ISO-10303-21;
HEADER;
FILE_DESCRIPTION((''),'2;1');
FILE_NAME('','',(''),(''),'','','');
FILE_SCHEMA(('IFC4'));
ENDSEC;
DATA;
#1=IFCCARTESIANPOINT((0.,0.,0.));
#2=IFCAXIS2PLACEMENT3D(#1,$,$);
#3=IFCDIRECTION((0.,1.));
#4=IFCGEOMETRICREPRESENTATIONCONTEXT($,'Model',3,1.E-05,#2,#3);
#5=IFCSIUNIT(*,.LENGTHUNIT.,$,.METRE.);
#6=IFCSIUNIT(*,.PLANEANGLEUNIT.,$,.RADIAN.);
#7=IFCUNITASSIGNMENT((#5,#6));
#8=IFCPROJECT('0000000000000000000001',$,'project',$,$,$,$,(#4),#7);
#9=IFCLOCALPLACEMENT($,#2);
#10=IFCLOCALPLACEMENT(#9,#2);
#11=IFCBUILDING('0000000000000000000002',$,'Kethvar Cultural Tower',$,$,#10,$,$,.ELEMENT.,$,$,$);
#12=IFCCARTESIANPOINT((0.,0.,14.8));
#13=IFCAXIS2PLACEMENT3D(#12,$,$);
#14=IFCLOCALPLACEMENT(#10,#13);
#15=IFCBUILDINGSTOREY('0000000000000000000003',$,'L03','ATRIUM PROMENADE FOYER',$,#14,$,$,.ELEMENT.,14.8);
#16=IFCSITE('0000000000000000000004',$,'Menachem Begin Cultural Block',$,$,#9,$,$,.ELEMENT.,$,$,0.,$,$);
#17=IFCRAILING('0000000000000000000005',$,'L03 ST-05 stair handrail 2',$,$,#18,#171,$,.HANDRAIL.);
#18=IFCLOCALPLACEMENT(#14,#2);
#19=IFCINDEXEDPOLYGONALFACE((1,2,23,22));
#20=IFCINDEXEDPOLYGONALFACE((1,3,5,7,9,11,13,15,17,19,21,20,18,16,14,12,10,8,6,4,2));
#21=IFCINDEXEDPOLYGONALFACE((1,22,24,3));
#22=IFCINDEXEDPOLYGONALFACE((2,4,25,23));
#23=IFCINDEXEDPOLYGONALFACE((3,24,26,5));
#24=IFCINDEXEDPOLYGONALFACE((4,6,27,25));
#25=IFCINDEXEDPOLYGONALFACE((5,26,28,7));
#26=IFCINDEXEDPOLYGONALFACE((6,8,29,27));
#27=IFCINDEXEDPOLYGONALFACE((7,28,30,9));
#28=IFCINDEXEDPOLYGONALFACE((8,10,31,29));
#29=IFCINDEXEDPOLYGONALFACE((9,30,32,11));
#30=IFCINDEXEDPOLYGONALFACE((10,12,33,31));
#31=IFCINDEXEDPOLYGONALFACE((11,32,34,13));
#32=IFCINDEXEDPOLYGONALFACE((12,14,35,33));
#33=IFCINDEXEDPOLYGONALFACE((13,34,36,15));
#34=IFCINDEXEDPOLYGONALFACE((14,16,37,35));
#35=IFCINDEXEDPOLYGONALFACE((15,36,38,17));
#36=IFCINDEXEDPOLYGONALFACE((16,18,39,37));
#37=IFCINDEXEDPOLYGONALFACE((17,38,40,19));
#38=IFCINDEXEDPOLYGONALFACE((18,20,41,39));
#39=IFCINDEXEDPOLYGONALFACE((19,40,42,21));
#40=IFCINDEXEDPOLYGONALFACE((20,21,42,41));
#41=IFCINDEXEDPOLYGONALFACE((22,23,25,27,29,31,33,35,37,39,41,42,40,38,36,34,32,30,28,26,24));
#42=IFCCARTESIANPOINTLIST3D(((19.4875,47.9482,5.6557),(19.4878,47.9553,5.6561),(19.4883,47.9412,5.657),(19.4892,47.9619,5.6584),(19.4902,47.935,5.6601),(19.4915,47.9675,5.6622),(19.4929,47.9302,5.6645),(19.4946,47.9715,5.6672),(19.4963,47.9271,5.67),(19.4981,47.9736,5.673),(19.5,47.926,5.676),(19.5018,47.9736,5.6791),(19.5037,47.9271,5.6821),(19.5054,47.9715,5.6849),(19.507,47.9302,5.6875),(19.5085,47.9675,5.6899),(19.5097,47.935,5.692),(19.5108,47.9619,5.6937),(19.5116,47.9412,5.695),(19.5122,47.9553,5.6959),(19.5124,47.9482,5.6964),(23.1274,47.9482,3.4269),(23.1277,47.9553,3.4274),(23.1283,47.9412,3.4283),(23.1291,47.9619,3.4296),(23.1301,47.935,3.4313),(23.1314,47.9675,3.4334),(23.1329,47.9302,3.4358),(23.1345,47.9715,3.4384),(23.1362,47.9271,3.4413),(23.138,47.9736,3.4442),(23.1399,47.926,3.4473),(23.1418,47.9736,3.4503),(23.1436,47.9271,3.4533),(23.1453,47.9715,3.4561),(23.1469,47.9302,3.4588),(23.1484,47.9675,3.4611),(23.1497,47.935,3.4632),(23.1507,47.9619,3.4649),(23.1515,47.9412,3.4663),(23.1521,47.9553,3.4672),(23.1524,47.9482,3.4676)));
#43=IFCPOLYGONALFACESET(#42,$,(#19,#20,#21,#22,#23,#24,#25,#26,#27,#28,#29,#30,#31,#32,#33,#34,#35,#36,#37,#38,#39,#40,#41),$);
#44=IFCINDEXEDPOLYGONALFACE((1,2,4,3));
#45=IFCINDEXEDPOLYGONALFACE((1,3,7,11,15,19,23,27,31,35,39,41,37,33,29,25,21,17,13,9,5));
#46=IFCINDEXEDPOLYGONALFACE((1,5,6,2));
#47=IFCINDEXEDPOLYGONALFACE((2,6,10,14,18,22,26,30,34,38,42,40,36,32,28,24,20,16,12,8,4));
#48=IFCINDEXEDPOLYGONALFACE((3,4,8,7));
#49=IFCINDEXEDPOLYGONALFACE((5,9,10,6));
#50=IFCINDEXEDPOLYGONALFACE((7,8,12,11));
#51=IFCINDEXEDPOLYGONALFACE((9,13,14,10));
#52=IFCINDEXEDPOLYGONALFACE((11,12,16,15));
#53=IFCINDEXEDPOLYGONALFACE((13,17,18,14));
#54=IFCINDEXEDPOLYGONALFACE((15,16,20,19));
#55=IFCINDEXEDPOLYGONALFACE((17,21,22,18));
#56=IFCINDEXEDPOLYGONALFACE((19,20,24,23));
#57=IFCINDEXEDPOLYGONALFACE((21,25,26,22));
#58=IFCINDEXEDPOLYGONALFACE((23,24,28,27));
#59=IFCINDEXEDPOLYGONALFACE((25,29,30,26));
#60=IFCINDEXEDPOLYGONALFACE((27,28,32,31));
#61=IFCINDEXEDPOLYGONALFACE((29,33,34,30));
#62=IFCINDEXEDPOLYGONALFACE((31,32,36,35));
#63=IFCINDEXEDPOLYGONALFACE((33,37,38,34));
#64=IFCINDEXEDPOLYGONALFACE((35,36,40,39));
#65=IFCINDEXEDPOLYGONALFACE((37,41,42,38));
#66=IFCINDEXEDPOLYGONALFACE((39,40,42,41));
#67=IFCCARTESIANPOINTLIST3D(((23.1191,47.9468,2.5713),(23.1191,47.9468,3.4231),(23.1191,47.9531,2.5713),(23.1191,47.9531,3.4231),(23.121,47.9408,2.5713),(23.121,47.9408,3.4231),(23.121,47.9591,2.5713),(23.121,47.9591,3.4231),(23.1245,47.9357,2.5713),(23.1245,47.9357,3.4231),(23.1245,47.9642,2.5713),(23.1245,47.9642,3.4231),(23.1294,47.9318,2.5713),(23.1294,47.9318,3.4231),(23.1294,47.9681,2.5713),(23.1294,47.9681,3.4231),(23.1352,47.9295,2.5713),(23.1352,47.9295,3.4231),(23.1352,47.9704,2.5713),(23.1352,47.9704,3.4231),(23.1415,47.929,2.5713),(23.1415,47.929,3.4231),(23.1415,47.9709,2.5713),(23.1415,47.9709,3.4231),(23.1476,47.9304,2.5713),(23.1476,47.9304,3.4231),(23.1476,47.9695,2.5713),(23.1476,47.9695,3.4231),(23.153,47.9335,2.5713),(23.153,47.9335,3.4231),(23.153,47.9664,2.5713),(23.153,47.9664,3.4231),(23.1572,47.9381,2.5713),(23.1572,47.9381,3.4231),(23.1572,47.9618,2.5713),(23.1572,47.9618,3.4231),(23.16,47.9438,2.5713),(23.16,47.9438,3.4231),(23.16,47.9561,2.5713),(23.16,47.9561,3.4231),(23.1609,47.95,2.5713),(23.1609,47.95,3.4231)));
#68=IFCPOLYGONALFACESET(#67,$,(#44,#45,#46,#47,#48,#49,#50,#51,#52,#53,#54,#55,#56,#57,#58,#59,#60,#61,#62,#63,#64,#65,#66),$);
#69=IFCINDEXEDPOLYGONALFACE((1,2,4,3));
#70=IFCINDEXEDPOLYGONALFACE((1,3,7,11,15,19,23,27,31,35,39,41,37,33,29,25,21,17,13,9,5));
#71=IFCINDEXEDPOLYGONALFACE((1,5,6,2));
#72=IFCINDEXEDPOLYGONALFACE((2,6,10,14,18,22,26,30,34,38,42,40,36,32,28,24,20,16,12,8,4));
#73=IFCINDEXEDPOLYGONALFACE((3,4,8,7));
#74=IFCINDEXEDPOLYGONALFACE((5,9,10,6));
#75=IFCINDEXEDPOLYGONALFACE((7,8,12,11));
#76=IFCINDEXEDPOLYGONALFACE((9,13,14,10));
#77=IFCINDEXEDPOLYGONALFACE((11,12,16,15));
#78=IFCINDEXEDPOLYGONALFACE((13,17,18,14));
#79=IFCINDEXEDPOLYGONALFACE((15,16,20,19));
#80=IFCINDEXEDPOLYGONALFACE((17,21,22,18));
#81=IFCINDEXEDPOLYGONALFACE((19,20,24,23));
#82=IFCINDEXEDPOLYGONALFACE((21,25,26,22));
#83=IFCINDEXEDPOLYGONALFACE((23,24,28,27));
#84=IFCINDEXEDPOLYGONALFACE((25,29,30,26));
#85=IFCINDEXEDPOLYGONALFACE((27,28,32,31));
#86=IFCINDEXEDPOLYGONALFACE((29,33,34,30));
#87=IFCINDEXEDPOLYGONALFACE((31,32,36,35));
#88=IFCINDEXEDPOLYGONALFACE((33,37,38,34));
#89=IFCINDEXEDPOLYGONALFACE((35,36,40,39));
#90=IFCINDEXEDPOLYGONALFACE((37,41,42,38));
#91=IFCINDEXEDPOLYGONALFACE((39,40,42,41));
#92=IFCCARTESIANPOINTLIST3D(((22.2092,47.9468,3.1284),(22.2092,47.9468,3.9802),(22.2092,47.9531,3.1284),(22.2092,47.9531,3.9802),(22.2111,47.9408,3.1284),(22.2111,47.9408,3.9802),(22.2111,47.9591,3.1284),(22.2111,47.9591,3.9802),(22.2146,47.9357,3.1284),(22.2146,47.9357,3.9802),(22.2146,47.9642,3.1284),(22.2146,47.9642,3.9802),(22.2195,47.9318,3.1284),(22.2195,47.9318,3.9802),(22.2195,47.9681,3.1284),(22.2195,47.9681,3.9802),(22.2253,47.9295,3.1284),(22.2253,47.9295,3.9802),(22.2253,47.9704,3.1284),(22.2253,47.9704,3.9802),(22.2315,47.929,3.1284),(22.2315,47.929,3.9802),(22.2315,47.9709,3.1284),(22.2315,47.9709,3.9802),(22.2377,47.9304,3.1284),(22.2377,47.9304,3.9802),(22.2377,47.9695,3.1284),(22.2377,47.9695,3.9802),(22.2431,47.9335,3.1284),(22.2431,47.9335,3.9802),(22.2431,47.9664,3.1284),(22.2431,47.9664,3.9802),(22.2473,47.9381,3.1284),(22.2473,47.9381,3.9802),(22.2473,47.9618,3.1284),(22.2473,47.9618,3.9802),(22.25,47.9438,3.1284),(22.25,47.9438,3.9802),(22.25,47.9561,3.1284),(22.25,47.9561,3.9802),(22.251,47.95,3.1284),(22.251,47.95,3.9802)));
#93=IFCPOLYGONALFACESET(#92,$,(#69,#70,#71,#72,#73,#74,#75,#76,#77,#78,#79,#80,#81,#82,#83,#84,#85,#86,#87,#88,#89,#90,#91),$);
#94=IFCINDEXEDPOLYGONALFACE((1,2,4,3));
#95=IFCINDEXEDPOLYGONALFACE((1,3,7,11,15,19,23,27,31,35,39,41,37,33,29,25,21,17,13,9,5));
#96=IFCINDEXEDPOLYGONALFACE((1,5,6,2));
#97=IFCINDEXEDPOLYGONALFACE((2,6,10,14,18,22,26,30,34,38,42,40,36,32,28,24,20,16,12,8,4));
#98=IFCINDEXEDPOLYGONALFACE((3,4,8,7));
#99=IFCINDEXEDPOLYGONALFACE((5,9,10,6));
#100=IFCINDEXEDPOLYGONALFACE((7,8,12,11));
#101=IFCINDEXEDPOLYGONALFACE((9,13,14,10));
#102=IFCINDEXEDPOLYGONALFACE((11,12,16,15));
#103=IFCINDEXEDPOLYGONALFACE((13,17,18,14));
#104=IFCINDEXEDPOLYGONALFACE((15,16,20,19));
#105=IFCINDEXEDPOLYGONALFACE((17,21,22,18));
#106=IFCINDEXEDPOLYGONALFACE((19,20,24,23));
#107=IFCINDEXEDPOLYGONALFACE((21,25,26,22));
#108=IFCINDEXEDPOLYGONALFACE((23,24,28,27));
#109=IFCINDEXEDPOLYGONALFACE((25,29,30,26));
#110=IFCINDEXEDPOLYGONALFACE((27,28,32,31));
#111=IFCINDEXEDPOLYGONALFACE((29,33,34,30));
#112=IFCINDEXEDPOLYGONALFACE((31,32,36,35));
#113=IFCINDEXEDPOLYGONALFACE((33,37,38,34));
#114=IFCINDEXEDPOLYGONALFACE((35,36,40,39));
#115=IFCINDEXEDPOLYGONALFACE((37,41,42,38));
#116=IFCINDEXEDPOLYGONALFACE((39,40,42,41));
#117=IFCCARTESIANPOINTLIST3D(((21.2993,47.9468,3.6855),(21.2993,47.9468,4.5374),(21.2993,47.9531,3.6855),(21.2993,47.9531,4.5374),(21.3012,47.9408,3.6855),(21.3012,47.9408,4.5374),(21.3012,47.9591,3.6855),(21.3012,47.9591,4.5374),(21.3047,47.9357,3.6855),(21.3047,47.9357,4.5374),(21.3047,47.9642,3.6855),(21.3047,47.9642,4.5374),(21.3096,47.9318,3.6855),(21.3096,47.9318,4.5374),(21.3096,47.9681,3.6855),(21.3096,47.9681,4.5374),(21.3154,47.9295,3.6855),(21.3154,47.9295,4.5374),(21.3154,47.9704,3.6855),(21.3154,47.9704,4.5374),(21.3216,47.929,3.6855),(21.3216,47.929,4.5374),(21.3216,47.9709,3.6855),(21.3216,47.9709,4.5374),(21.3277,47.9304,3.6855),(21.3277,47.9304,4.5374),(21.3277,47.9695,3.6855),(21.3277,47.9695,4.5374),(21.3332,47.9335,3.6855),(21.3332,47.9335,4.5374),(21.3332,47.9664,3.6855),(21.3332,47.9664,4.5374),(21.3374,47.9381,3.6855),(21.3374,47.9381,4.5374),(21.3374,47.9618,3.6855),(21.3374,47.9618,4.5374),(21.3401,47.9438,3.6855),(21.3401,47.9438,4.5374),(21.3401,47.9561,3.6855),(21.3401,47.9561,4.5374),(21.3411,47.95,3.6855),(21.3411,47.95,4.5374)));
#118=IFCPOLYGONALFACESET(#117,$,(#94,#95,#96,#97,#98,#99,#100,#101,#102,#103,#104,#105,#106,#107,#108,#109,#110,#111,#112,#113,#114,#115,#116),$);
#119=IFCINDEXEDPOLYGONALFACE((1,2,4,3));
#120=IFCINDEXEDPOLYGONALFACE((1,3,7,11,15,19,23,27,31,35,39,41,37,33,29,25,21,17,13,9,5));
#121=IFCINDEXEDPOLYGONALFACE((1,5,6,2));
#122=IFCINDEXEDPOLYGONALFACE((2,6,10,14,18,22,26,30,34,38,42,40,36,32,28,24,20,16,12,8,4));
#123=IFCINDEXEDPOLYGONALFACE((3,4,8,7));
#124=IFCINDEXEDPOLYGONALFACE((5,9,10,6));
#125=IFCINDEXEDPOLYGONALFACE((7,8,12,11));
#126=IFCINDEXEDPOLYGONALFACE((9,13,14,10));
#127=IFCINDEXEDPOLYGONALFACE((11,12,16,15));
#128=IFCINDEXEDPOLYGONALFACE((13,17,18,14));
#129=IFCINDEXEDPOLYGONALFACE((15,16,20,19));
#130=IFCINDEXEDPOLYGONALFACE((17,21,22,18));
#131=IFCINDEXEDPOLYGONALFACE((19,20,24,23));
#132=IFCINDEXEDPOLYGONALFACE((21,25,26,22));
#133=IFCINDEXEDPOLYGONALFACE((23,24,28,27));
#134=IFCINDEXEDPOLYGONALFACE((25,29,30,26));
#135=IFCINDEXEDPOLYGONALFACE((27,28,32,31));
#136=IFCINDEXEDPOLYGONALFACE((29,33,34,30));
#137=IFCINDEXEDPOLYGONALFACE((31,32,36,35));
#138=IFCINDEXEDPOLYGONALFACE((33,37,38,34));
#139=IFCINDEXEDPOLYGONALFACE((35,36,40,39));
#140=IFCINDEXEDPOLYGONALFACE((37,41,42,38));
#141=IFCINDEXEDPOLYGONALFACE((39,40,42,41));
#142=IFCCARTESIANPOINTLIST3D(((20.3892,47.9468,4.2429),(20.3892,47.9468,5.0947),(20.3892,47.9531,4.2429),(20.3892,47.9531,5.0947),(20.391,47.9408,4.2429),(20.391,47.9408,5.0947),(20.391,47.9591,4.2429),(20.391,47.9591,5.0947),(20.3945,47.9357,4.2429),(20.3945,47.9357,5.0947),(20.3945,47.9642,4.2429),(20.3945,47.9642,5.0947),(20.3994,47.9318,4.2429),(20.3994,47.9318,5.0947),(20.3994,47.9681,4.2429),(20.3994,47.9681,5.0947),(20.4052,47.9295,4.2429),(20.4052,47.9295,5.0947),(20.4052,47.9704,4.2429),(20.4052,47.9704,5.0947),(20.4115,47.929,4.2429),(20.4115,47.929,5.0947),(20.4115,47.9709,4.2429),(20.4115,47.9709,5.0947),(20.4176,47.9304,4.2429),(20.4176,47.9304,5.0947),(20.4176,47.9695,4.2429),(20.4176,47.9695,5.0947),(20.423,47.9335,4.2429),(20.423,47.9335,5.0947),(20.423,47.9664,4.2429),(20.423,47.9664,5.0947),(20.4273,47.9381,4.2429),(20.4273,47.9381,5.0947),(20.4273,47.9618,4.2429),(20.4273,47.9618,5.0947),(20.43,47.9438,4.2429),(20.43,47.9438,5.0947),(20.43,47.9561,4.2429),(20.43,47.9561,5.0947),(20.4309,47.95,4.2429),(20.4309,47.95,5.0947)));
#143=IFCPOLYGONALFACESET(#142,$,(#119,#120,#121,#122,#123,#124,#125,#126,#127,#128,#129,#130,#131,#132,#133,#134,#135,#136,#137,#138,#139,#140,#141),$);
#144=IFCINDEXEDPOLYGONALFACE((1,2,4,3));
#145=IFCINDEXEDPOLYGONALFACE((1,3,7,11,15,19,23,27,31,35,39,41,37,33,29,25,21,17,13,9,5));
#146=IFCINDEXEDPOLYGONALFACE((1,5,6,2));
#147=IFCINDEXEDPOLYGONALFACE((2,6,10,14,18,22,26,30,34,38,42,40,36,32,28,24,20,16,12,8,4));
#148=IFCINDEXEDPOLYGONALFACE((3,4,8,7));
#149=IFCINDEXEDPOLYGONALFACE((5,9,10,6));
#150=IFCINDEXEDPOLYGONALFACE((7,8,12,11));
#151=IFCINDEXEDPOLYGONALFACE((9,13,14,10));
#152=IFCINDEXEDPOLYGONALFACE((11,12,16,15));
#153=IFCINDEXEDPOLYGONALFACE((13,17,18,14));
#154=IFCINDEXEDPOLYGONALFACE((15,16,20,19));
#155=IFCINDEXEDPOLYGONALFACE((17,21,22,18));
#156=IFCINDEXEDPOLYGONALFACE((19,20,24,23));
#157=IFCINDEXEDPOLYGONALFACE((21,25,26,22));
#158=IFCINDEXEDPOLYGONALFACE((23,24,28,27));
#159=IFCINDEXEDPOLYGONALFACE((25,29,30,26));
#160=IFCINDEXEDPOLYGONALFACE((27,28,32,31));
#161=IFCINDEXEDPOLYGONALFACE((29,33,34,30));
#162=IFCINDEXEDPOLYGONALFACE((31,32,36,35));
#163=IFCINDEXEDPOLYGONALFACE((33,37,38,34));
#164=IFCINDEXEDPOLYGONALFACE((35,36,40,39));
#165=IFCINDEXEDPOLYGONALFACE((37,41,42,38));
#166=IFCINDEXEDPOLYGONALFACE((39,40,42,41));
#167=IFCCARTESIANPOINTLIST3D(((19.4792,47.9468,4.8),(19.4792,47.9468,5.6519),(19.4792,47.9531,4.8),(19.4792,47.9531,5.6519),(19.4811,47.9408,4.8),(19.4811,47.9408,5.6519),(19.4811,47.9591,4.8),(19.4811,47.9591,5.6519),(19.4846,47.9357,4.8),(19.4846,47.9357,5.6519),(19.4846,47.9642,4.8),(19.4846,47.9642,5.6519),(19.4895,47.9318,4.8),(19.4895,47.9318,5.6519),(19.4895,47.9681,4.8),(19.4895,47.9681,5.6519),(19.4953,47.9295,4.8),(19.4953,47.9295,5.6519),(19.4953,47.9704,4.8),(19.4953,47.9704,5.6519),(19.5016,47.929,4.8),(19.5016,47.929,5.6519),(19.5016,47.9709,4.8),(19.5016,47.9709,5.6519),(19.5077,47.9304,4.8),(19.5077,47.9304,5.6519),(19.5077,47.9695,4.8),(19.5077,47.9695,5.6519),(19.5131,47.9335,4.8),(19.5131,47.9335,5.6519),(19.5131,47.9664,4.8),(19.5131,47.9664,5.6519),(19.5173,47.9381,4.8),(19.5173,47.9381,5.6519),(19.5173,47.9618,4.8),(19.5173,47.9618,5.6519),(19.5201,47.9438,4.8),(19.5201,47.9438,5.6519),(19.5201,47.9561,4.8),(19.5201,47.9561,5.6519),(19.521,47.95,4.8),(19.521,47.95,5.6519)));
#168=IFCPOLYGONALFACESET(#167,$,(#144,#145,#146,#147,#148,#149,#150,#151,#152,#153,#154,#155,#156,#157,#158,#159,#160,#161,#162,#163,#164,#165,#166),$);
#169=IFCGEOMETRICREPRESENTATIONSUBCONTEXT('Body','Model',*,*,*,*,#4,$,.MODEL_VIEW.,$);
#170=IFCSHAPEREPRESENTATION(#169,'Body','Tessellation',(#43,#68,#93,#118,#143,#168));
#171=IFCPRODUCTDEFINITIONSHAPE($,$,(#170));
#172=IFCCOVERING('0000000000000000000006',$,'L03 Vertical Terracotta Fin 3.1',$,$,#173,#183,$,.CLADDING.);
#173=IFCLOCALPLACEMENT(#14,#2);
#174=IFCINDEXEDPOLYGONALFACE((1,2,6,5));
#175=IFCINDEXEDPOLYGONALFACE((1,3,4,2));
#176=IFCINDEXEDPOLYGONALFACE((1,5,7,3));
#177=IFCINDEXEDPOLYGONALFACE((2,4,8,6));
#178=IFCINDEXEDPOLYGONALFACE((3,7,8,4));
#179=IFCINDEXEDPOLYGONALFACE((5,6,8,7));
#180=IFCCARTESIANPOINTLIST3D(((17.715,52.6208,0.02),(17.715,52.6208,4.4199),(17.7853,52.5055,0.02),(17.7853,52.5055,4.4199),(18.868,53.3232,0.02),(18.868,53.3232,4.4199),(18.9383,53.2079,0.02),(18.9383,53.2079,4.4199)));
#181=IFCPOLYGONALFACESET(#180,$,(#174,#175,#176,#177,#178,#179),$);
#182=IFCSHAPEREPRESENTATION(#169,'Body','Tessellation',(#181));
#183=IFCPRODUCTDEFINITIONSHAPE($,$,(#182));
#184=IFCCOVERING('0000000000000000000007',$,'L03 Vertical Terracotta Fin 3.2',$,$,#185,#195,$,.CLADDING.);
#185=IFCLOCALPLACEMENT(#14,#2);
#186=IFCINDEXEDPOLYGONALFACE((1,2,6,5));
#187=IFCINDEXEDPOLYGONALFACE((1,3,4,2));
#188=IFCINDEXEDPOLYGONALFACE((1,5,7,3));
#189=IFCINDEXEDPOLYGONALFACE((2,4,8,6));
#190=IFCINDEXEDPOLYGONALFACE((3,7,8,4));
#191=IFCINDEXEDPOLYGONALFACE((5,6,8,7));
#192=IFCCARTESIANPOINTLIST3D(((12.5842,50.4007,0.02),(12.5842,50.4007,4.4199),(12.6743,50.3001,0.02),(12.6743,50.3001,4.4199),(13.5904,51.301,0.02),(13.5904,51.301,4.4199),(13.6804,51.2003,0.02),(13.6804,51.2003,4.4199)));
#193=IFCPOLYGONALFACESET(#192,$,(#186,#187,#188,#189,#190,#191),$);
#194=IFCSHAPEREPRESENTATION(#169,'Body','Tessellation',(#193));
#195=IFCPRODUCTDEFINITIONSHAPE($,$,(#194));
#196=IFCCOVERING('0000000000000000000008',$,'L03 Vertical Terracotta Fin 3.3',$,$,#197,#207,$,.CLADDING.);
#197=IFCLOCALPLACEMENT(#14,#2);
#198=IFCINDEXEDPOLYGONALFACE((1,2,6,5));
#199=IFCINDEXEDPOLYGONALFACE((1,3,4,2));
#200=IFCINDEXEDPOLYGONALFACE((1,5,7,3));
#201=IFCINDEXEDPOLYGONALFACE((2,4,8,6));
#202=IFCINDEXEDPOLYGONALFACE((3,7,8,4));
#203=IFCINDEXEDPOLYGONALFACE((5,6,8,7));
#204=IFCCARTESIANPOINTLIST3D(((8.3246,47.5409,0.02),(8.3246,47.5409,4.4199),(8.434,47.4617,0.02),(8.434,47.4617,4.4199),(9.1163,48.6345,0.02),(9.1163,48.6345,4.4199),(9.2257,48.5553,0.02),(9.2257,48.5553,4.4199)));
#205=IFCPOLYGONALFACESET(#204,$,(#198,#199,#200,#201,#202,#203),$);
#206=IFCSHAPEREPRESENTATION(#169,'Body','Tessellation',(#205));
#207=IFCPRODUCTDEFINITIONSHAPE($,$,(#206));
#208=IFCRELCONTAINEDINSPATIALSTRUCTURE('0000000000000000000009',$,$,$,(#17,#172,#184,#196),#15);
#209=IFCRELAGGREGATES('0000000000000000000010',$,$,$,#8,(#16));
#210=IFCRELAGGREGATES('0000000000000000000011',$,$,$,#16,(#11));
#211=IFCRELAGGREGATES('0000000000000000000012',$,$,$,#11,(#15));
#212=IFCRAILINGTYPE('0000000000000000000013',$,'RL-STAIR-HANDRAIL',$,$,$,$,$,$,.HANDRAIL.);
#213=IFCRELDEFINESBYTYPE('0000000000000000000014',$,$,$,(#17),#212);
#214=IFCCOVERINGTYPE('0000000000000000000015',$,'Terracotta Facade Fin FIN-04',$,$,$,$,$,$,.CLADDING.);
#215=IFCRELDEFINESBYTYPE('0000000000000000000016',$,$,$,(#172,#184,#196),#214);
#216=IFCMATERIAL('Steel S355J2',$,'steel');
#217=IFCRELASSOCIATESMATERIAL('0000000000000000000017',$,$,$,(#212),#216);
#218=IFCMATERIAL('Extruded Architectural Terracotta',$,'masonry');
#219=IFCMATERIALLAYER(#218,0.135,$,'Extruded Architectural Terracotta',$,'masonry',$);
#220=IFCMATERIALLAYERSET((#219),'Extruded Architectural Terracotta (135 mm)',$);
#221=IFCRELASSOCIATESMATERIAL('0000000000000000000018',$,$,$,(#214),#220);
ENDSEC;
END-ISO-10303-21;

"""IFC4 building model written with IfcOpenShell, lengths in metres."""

from ifc_helpers import new_model, si_unit, direction, frame, origin, origin_2d, place, context, subcontext, project, spatial, rectangle, circle, extrude, source, transform, mapped, material, layer, layer_set, type_object, element, save


model = new_model("IFC4")

# Units and contexts
model_context = context("Model", 3, precision=1e-05, world=origin(), true_north=direction((0.0, 1.0)))
body_context = subcontext(model_context, "Body", "Model", "MODEL_VIEW")
ifc_project = project(units=[si_unit("LENGTHUNIT", "METRE"), si_unit("PLANEANGLEUNIT", "RADIAN")], contexts=[model_context])

# Site, building, storey
site_placement = place(None, origin())
site = spatial("IfcSite", under=ifc_project, at=site_placement, Name="Menachem Begin Cultural Block", CompositionType="ELEMENT", RefElevation=0.0)
building_placement = place(site_placement, origin())
building = spatial("IfcBuilding", under=site, at=building_placement, Name="Kethvar Cultural Tower", CompositionType="ELEMENT")
storey_placement = place(building_placement, frame((0.0, 0.0, 14.8)))
storey = spatial("IfcBuildingStorey", under=building, at=storey_placement, Name="L03", Description="ATRIUM PROMENADE FOYER", CompositionType="ELEMENT", Elevation=14.8)

# Railing
ifc_material_1 = material(Name="Steel S355J2", Category="steel")
railing_type_1 = type_object("IfcRailingType", Name="RL-STAIR-HANDRAIL", PredefinedType="HANDRAIL", material=ifc_material_1)
railing_1_placement = place(storey_placement, frame((23.1399, 47.95, 2.5713)))
element("IfcRailing", 1, at=railing_1_placement, inside=storey, type_object=railing_type_1, Name="L03 ST-05 stair handrail 2", PredefinedType="HANDRAIL", context=body_context, shape_type="SweptSolid", body=[
    extrude(circle(Radius=0.0239, at=origin_2d()), frame((0.0, 0.0, 0.876), z_axis=(-0.852825, 0.0, 0.522197), x_axis=(0.0, -1.0, 0.0)), (0.0, 0.0, 1.0), 4.2681),
    extrude(circle(Radius=0.021, at=origin_2d()), origin(), (0.0, 0.0, 1.0), 0.8518),
    extrude(circle(Radius=0.021, at=origin_2d()), frame((-0.9099, 0.0, 0.5571)), (0.0, 0.0, 1.0), 0.8518),
    extrude(circle(Radius=0.021, at=origin_2d()), frame((-1.8198, 0.0, 1.1143)), (0.0, 0.0, 1.0), 0.8518),
    extrude(circle(Radius=0.021, at=origin_2d()), frame((-2.73, 0.0, 1.6716)), (0.0, 0.0, 1.0), 0.8518),
    extrude(circle(Radius=0.021, at=origin_2d()), frame((-3.6399, 0.0, 2.2288)), (0.0, 0.0, 1.0), 0.8518),
])

# Coverings
ifc_material_2 = material(Name="Extruded Architectural Terracotta", Category="masonry")
ifc_layer_1 = layer(ifc_material_2, 0.135, Name="Extruded Architectural Terracotta", Category="masonry")
ifc_layer_set_1 = layer_set([ifc_layer_1], Name="Extruded Architectural Terracotta (135 mm)")
covering_type = type_object("IfcCoveringType", Name="Terracotta Facade Fin FIN-04", PredefinedType="CLADDING", material=ifc_layer_set_1)
shared_shape_1 = source(origin(), body_context, "Body", "SweptSolid", [
    extrude(rectangle(XDim=1.3501, YDim=0.135, at=origin_2d()), origin(), (0.0, 0.0, 1.0), 4.3999),
])
for number, where, z_axis, x_axis, name in (
    (2, (18.3267, 52.9143, 0.02), (0.0, 0.0, 1.0), (0.854005, 0.520265, 0.0), "L03 Vertical Terracotta Fin 3.1"),
    (3, (13.1323, 50.8005, 0.02), (0.0, 0.0, 1.0), (0.745243, 0.666793, 0.0), "L03 Vertical Terracotta Fin 3.2"),
    (4, (8.7751, 48.0481, 0.02), (0.0, 0.0, 1.0), (0.586372, 0.810042, 0.0), "L03 Vertical Terracotta Fin 3.3"),
):
    element("IfcCovering", number, at=place(storey_placement, frame(where, z_axis=z_axis, x_axis=x_axis)), inside=storey, type_object=covering_type, Name=name, PredefinedType="CLADDING", context=body_context, shape_type="MappedRepresentation", body=[
        mapped(shared_shape_1, transform((0.0, 0.0, 0.0), scale=1.0)),
    ])

save(model, "model.ifc")
